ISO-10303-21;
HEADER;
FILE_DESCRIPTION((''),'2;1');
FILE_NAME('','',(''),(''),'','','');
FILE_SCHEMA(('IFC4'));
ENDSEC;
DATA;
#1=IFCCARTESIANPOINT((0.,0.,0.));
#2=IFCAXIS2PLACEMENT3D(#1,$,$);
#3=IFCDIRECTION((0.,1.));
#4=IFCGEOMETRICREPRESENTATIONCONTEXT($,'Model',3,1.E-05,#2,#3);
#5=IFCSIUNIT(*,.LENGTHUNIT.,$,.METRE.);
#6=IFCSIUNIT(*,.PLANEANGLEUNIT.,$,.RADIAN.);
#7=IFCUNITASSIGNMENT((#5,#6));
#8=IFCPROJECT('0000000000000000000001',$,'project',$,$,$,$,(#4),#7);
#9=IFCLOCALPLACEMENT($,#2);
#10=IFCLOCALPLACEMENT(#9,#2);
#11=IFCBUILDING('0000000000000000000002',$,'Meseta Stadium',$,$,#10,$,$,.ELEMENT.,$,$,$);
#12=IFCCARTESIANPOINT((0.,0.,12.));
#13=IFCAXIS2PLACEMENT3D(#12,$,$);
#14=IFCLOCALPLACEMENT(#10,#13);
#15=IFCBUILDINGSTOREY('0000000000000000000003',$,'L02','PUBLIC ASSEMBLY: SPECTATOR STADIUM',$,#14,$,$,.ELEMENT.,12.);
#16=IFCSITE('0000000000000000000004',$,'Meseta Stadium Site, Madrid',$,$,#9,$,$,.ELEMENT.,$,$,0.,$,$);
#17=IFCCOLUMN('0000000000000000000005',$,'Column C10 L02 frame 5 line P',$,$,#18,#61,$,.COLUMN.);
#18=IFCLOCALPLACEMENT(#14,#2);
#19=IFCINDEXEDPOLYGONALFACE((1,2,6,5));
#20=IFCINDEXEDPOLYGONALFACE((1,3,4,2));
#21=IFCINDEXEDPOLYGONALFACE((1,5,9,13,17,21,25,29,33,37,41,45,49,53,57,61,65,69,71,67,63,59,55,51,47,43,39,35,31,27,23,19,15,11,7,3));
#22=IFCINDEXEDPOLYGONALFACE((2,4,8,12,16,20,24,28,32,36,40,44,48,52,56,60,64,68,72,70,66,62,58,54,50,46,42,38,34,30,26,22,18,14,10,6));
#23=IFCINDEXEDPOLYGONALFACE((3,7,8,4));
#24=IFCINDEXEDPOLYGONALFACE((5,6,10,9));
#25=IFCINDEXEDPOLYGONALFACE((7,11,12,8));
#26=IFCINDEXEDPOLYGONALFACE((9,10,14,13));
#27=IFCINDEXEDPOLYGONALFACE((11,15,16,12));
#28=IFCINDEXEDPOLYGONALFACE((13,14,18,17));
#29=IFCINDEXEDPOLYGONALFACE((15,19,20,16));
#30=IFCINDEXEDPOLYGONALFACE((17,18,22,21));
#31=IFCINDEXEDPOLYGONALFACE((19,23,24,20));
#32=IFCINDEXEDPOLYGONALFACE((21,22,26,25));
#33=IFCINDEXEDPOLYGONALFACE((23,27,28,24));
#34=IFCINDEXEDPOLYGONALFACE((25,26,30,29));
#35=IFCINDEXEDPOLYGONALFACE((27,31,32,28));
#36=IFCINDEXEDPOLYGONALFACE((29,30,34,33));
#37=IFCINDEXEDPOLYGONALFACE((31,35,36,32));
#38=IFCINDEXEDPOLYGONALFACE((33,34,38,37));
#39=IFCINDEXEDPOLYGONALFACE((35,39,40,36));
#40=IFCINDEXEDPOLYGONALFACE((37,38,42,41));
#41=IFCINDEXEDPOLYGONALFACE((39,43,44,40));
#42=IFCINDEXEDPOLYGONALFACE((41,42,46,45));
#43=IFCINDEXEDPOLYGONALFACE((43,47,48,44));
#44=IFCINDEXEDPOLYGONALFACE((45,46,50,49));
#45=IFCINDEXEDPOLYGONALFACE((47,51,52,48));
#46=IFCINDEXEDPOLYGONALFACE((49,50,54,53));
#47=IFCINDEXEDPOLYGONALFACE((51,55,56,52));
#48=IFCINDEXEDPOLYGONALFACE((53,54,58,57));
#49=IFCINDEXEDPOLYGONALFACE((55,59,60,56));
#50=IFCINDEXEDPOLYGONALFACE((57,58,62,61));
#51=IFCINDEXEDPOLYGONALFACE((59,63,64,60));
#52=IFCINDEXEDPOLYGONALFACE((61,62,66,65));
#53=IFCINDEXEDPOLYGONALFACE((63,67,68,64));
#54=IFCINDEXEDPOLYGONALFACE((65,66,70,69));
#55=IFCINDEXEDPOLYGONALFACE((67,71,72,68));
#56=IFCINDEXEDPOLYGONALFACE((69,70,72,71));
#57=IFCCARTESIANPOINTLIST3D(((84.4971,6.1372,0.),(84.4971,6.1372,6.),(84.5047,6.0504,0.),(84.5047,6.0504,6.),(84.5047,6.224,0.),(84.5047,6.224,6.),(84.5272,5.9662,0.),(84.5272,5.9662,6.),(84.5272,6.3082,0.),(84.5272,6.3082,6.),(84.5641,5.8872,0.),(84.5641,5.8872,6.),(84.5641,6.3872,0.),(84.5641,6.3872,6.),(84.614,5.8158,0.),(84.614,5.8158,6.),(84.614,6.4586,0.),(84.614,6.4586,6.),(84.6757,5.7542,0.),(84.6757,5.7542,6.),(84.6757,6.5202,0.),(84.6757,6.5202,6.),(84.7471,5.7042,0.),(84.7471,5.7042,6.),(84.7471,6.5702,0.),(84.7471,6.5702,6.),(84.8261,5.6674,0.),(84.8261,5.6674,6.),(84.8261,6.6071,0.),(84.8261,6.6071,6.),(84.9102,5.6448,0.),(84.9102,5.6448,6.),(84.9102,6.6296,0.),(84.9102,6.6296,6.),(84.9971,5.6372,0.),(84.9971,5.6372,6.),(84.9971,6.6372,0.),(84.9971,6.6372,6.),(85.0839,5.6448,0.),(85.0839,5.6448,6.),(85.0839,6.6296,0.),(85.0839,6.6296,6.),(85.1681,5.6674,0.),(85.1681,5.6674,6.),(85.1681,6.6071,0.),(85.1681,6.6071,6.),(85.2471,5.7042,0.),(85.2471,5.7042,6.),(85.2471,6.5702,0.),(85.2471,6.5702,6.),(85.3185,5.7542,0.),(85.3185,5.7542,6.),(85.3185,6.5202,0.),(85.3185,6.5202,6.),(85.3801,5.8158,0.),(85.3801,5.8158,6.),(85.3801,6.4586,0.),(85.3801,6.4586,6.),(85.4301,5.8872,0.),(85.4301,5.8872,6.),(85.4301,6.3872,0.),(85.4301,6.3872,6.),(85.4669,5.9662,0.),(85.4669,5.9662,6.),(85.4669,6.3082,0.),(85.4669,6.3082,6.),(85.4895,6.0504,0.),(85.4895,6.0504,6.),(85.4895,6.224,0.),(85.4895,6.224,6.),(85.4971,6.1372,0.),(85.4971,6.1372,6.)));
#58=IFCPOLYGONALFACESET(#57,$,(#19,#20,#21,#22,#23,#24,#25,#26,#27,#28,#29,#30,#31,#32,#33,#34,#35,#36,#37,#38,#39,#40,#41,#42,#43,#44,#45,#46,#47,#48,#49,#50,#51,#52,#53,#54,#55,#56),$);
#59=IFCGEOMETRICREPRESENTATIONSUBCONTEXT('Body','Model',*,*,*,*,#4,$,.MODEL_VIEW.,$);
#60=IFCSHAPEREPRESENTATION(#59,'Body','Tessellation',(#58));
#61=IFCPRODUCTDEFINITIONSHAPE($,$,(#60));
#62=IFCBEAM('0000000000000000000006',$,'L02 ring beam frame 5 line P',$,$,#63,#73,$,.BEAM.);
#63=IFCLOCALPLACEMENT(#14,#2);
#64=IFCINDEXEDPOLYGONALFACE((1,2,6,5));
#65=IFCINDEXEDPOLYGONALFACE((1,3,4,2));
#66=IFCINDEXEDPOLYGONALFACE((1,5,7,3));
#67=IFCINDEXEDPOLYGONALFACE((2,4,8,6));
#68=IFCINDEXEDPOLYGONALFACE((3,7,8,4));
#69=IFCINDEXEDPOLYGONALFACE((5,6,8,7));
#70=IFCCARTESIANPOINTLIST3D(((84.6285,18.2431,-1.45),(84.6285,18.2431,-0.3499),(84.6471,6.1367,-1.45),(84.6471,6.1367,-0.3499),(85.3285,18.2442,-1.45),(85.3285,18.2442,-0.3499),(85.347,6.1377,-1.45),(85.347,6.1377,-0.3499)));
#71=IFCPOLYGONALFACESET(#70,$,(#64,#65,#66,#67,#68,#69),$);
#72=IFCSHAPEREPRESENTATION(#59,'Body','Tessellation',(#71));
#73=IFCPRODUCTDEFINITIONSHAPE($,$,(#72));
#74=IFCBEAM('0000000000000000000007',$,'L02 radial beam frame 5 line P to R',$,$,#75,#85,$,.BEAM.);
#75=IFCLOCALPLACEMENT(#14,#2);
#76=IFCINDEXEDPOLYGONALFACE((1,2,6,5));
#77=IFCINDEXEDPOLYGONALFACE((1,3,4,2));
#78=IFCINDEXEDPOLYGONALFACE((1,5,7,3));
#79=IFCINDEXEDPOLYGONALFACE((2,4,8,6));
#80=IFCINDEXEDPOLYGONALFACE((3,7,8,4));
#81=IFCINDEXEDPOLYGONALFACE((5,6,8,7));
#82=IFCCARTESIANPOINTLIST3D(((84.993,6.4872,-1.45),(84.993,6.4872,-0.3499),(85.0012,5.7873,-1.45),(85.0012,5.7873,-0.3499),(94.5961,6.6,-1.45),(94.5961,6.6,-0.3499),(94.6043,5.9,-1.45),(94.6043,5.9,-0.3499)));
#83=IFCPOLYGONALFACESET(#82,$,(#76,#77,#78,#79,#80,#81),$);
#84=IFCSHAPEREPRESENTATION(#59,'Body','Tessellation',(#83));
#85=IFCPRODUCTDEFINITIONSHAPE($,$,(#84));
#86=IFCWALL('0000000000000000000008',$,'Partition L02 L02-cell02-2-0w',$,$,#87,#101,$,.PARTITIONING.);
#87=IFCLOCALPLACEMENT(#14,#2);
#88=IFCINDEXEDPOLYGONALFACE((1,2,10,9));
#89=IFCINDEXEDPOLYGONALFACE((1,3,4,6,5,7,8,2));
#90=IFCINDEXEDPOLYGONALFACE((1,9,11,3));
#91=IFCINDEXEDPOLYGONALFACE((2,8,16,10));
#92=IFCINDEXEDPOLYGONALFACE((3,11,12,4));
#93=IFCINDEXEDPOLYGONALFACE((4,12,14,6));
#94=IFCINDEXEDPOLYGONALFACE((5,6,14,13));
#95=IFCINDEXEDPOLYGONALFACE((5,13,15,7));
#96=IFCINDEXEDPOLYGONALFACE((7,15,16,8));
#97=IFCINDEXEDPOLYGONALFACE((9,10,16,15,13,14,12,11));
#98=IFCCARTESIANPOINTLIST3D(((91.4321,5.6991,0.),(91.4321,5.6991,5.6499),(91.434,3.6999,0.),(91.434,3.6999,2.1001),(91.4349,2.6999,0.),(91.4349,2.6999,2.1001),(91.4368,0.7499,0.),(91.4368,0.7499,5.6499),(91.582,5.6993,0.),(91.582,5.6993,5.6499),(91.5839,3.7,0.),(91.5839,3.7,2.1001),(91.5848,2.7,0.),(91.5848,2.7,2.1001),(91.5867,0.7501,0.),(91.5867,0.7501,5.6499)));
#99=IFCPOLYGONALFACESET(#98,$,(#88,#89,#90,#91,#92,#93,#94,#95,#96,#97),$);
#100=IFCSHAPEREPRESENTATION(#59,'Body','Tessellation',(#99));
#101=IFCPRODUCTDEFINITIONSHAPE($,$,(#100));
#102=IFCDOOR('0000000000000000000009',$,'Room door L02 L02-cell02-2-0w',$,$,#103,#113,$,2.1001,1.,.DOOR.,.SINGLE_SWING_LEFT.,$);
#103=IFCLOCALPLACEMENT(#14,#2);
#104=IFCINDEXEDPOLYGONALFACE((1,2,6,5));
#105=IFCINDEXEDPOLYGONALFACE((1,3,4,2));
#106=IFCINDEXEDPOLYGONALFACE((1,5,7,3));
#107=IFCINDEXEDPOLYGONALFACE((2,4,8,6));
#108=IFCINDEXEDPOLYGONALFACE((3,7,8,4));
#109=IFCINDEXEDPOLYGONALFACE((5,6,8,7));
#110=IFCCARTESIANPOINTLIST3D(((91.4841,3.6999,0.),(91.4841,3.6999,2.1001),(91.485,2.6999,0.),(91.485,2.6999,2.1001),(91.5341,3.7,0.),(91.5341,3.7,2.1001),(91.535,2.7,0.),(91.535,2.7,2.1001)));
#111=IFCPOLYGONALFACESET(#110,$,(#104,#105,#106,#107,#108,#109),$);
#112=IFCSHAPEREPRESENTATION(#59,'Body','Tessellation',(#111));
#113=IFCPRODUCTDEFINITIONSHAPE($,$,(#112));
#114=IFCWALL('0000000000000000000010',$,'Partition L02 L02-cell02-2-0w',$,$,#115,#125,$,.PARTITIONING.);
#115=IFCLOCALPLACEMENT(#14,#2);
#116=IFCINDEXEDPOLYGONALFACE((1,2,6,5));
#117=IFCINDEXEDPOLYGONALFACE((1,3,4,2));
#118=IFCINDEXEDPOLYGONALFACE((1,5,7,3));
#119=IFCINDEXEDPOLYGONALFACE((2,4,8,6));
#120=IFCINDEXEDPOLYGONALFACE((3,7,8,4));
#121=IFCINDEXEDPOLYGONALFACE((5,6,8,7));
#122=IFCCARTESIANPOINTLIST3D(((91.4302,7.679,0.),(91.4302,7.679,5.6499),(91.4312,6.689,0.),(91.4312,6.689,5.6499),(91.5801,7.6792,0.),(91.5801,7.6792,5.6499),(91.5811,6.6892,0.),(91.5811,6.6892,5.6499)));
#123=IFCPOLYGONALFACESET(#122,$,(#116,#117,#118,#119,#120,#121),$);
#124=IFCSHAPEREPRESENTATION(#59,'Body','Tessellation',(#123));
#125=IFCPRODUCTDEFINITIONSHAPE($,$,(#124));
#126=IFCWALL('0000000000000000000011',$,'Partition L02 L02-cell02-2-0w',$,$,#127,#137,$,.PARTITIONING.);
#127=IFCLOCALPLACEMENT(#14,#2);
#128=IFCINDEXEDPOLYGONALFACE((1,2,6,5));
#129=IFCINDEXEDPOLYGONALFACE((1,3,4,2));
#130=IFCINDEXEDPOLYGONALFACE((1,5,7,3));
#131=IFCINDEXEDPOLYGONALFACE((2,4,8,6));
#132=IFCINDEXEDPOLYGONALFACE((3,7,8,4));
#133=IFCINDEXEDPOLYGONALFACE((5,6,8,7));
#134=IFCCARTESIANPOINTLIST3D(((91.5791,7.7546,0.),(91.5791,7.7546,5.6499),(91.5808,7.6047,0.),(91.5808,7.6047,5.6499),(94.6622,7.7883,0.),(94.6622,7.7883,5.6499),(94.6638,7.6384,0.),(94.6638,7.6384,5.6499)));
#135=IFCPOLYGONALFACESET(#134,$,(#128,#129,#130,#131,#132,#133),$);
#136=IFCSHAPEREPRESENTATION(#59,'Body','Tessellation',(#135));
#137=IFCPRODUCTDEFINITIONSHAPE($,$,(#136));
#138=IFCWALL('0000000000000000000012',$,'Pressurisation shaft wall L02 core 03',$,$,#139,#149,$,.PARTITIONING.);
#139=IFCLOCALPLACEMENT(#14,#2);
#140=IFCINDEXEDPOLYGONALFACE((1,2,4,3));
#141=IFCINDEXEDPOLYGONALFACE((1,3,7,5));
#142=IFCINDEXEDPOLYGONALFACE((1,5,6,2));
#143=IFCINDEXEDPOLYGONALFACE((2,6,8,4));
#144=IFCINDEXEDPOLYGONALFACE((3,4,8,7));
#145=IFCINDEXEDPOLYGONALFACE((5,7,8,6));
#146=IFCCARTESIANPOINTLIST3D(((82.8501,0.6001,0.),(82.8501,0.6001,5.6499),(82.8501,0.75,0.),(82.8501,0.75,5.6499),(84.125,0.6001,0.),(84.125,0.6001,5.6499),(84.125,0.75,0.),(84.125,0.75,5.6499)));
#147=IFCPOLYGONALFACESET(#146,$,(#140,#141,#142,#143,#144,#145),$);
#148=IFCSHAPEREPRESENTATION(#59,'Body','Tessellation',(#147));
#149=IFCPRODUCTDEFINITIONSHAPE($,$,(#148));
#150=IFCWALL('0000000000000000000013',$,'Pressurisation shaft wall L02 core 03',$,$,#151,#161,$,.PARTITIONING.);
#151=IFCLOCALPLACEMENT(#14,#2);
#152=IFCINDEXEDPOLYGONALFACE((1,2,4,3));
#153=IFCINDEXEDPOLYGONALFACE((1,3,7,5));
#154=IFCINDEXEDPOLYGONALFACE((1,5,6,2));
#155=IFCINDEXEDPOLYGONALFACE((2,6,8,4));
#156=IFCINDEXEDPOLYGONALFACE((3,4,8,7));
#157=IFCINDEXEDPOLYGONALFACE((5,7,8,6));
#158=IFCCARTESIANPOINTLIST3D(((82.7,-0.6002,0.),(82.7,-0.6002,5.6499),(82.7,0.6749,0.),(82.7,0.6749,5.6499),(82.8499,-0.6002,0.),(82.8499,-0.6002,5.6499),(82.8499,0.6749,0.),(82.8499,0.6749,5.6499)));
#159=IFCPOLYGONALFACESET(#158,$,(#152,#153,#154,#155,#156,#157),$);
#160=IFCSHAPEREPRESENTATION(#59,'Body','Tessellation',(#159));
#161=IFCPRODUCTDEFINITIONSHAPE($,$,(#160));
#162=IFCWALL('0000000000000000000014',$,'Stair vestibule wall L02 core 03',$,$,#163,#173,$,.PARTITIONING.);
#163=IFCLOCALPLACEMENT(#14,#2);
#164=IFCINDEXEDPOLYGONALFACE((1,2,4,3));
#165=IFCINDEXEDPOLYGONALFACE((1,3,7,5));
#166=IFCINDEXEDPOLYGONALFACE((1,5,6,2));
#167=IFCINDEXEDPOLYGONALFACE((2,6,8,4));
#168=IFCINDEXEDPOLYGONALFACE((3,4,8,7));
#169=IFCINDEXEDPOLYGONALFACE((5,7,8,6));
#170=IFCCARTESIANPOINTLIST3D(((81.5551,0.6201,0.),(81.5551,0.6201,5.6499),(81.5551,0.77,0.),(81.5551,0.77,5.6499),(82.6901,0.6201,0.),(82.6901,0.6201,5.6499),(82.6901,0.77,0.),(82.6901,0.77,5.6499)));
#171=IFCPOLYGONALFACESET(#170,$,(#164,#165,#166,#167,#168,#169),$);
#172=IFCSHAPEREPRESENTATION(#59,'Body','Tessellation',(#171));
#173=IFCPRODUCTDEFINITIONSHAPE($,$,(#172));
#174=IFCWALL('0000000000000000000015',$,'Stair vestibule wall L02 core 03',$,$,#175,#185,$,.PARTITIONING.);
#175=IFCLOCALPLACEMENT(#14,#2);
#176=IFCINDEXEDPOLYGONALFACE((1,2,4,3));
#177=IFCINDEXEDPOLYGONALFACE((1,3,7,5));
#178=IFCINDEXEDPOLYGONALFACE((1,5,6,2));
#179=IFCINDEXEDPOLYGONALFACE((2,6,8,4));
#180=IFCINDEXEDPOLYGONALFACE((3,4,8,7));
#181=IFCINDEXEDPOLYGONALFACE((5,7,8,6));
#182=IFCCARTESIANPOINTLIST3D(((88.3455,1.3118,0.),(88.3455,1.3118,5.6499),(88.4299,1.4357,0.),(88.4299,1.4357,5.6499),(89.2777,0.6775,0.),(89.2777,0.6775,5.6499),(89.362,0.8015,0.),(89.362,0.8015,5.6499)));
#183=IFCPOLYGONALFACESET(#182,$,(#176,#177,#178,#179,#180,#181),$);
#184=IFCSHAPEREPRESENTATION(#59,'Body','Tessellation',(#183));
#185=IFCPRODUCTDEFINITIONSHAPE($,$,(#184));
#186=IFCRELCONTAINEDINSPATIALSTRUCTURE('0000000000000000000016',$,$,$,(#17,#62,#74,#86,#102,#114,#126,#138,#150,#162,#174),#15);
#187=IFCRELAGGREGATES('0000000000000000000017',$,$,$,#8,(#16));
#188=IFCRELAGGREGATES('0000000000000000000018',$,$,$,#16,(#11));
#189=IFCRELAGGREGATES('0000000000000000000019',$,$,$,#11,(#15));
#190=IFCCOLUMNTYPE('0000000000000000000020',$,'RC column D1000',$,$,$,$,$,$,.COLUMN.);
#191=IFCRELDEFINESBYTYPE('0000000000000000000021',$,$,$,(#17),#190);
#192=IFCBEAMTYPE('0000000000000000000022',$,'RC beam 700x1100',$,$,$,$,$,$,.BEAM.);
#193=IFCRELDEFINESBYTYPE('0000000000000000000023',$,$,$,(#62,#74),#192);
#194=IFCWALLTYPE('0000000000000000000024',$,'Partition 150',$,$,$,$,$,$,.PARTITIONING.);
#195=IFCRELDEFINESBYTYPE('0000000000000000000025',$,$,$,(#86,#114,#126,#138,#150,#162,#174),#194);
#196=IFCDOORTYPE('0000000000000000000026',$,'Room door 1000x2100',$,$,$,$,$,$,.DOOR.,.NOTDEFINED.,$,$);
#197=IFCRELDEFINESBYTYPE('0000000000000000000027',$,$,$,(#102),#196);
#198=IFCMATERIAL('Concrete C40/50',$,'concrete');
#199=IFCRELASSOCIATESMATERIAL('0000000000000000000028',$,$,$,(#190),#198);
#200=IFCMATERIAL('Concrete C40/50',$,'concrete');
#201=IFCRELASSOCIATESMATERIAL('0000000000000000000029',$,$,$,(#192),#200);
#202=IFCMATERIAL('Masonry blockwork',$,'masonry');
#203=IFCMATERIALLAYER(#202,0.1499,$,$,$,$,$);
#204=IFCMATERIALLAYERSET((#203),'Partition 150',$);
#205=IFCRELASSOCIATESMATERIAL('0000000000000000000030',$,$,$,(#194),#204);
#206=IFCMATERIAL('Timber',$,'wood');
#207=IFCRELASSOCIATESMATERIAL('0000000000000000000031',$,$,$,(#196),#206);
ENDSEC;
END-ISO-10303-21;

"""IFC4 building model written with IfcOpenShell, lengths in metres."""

from ifc_helpers import new_model, si_unit, direction, frame, frame_2d, origin, origin_2d, place, context, subcontext, project, spatial, rectangle, circle, extrude, material, layer, layer_set, material_profile, profile_set, type_object, element, fill, save


model = new_model("IFC4")

# Units and contexts
model_context = context("Model", 3, precision=1e-05, world=origin(), true_north=direction((0.0, 1.0)))
body_context = subcontext(model_context, "Body", "Model", "MODEL_VIEW")
ifc_project = project(units=[si_unit("LENGTHUNIT", "METRE"), si_unit("PLANEANGLEUNIT", "RADIAN")], contexts=[model_context])

# Site, building, storey
site_placement = place(None, origin())
site = spatial("IfcSite", under=ifc_project, at=site_placement, Name="Meseta Stadium Site, Madrid", CompositionType="ELEMENT", RefElevation=0.0)
building_placement = place(site_placement, origin())
building = spatial("IfcBuilding", under=site, at=building_placement, Name="Meseta Stadium", CompositionType="ELEMENT")
storey_placement = place(building_placement, frame((0.0, 0.0, 12.0)))
storey = spatial("IfcBuildingStorey", under=building, at=storey_placement, Name="L02", Description="PUBLIC ASSEMBLY: SPECTATOR STADIUM", CompositionType="ELEMENT", Elevation=12.0)

# Column
ifc_material_1 = material(Name="Concrete C40/50", Category="concrete")
ifc_material_profile_1 = material_profile(ifc_material_1, circle(Radius=0.5, at=origin_2d()), Name="RC D1000")
ifc_profile_set_1 = profile_set([ifc_material_profile_1], Name="Concrete C40/50")
column_type = type_object("IfcColumnType", Name="RC column D1000", PredefinedType="COLUMN", material=ifc_profile_set_1)
column_placement = place(storey_placement, frame((84.9971, 6.1372, 0.0), z_axis=(0.0, 0.0, 1.0), x_axis=(1.0, 0.0, 0.0)))
element("IfcColumn", 1, at=column_placement, inside=storey, type_object=column_type, Name="Column C10 L02 frame 5 line P", PredefinedType="COLUMN", context=body_context, shape_type="SweptSolid", body=[
    extrude(circle(Radius=0.5, at=origin_2d()), origin(), (0.0, 0.0, 1.0), 6.0),
])

# Beams
ifc_material_2 = material(Name="Concrete C40/50", Category="concrete")
ifc_material_profile_2 = material_profile(ifc_material_2, rectangle(XDim=0.7, YDim=1.1001, at=origin_2d()), Name="RC 700x1100")
ifc_profile_set_2 = profile_set([ifc_material_profile_2], Name="Concrete C40/50")
beam_type = type_object("IfcBeamType", Name="RC beam 700x1100", PredefinedType="BEAM", material=ifc_profile_set_2)
beam_1_placement = place(storey_placement, frame((84.9971, 6.1372, -0.8999), z_axis=(-0.001533, 0.999999, 0.0), x_axis=(-0.999999, -0.001533, 0.0)))
element("IfcBeam", 2, at=beam_1_placement, inside=storey, type_object=beam_type, Name="L02 ring beam frame 5 line P", PredefinedType="BEAM", context=body_context, shape_type="SweptSolid", body=[
    extrude(rectangle(XDim=0.7, YDim=1.1001, at=origin_2d()), origin(), (0.0, 0.0, 1.0), 12.1064),
])
beam_2_placement = place(storey_placement, frame((84.9971, 6.1372, -0.8999), z_axis=(0.999931, 0.011745, 0.0), x_axis=(-0.011745, 0.999931, 0.0)))
element("IfcBeam", 3, at=beam_2_placement, inside=storey, type_object=beam_type, Name="L02 radial beam frame 5 line P to R", PredefinedType="BEAM", context=body_context, shape_type="SweptSolid", body=[
    extrude(rectangle(XDim=0.7, YDim=1.1001, at=origin_2d()), origin(), (0.0, 0.0, 1.0), 9.6038),
])

# Wall, opening, door
ifc_material_3 = material(Name="Masonry blockwork", Category="masonry")
ifc_layer = layer(ifc_material_3, 0.1499)
ifc_layer_set = layer_set([ifc_layer], Name="Partition 150")
wall_type = type_object("IfcWallType", Name="Partition 150", PredefinedType="PARTITIONING", material=ifc_layer_set)
wall_1_placement = place(storey_placement, frame((91.5117, 0.75, 0.0), z_axis=(0.0, 0.0, 1.0), x_axis=(-0.000937, 1.0, 0.0)))
wall_1 = element("IfcWall", 4, at=wall_1_placement, inside=storey, type_object=wall_type, Name="Partition L02 L02-cell02-2-0w", PredefinedType="PARTITIONING", context=body_context, shape_type="SweptSolid", body=[
    extrude(rectangle(XDim=4.9492, YDim=0.1499, at=frame_2d((2.4746, 0.0))), origin(), (0.0, 0.0, 1.0), 5.6499),
])
opening_1_placement = place(wall_1_placement, frame((1.95, 0.0, 0.0)))
opening_1 = element("IfcOpeningElement", 5, at=opening_1_placement, cuts=wall_1, PredefinedType="OPENING", context=body_context, shape_type="SweptSolid", body=[
    extrude(rectangle(XDim=1.0, YDim=2.1001, at=frame_2d((0.5, 1.05))), frame((0.0, 0.085, 0.0), z_axis=(0.0, -1.0, 0.0), x_axis=(1.0, 0.0, 0.0)), (0.0, 0.0, 1.0), 0.1699),
])
ifc_material_4 = material(Name="Timber", Category="wood")
door_type_1 = type_object("IfcDoorType", Name="Room door 1000x2100", OperationType="NOTDEFINED", PredefinedType="DOOR", material=ifc_material_4)
door_1_placement = place(opening_1_placement, origin())
door_1 = element("IfcDoor", 6, at=door_1_placement, inside=storey, type_object=door_type_1, Name="Room door L02 L02-cell02-2-0w", OperationType="SINGLE_SWING_LEFT", OverallHeight=2.1001, OverallWidth=1.0, PredefinedType="DOOR", context=body_context, shape_type="SweptSolid", body=[
    extrude(rectangle(XDim=1.0, YDim=2.1001, at=frame_2d((0.5, 1.05))), frame((0.0, 0.0249, 0.0), z_axis=(0.0, -1.0, 0.0), x_axis=(1.0, 0.0, 0.0)), (0.0, 0.0, 1.0), 0.05),
])
fill(opening_1, door_1)

# Walls
wall_2_placement = place(storey_placement, frame((91.5061, 6.689, 0.0), z_axis=(0.0, 0.0, 1.0), x_axis=(-0.000986, 1.0, 0.0)))
element("IfcWall", 7, at=wall_2_placement, inside=storey, type_object=wall_type, Name="Partition L02 L02-cell02-2-0w", PredefinedType="PARTITIONING", context=body_context, shape_type="SweptSolid", body=[
    extrude(rectangle(XDim=0.99, YDim=0.1499, at=frame_2d((0.4951, 0.0))), origin(), (0.0, 0.0, 1.0), 5.6499),
])
wall_3_placement = place(storey_placement, frame((91.5801, 7.6797, 0.0), z_axis=(0.0, 0.0, 1.0), x_axis=(0.99994, 0.010927, 0.0)))
element("IfcWall", 8, at=wall_3_placement, inside=storey, type_object=wall_type, Name="Partition L02 L02-cell02-2-0w", PredefinedType="PARTITIONING", context=body_context, shape_type="SweptSolid", body=[
    extrude(rectangle(XDim=3.0833, YDim=0.1499, at=frame_2d((1.5415, 0.0))), origin(), (0.0, 0.0, 1.0), 5.6499),
])
wall_4_placement = place(storey_placement, frame((84.125, 0.675, 0.0), z_axis=(0.0, 0.0, 1.0), x_axis=(-1.0, 0.0, 0.0)))
element("IfcWall", 9, at=wall_4_placement, inside=storey, type_object=wall_type, Name="Pressurisation shaft wall L02 core 03", PredefinedType="PARTITIONING", context=body_context, shape_type="SweptSolid", body=[
    extrude(rectangle(XDim=1.2749, YDim=0.1499, at=frame_2d((0.6375, 0.0))), origin(), (0.0, 0.0, 1.0), 5.6499),
])
wall_5_placement = place(storey_placement, frame((82.7749, 0.675, 0.0), z_axis=(0.0, 0.0, 1.0), x_axis=(0.0, -1.0, 0.0)))
element("IfcWall", 10, at=wall_5_placement, inside=storey, type_object=wall_type, Name="Pressurisation shaft wall L02 core 03", PredefinedType="PARTITIONING", context=body_context, shape_type="SweptSolid", body=[
    extrude(rectangle(XDim=1.2751, YDim=0.1499, at=frame_2d((0.6377, 0.0))), origin(), (0.0, 0.0, 1.0), 5.6499),
])
wall_6_placement = place(storey_placement, frame((82.6899, 0.6951, 0.0), z_axis=(0.0, 0.0, 1.0), x_axis=(-1.0, 0.0, 0.0)))
element("IfcWall", 11, at=wall_6_placement, inside=storey, type_object=wall_type, Name="Stair vestibule wall L02 core 03", PredefinedType="PARTITIONING", context=body_context, shape_type="SweptSolid", body=[
    extrude(rectangle(XDim=1.135, YDim=0.1499, at=frame_2d((0.5674, 0.0))), origin(), (0.0, 0.0, 1.0), 5.6499),
])
wall_7_placement = place(storey_placement, frame((89.3198, 0.7395, 0.0), z_axis=(0.0, 0.0, 1.0), x_axis=(-0.826749, 0.562571, 0.0)))
element("IfcWall", 12, at=wall_7_placement, inside=storey, type_object=wall_type, Name="Stair vestibule wall L02 core 03", PredefinedType="PARTITIONING", context=body_context, shape_type="SweptSolid", body=[
    extrude(rectangle(XDim=1.1274, YDim=0.1499, at=frame_2d((0.5637, 0.0))), origin(), (0.0, 0.0, 1.0), 5.6499),
])

save(model, "model.ifc")
